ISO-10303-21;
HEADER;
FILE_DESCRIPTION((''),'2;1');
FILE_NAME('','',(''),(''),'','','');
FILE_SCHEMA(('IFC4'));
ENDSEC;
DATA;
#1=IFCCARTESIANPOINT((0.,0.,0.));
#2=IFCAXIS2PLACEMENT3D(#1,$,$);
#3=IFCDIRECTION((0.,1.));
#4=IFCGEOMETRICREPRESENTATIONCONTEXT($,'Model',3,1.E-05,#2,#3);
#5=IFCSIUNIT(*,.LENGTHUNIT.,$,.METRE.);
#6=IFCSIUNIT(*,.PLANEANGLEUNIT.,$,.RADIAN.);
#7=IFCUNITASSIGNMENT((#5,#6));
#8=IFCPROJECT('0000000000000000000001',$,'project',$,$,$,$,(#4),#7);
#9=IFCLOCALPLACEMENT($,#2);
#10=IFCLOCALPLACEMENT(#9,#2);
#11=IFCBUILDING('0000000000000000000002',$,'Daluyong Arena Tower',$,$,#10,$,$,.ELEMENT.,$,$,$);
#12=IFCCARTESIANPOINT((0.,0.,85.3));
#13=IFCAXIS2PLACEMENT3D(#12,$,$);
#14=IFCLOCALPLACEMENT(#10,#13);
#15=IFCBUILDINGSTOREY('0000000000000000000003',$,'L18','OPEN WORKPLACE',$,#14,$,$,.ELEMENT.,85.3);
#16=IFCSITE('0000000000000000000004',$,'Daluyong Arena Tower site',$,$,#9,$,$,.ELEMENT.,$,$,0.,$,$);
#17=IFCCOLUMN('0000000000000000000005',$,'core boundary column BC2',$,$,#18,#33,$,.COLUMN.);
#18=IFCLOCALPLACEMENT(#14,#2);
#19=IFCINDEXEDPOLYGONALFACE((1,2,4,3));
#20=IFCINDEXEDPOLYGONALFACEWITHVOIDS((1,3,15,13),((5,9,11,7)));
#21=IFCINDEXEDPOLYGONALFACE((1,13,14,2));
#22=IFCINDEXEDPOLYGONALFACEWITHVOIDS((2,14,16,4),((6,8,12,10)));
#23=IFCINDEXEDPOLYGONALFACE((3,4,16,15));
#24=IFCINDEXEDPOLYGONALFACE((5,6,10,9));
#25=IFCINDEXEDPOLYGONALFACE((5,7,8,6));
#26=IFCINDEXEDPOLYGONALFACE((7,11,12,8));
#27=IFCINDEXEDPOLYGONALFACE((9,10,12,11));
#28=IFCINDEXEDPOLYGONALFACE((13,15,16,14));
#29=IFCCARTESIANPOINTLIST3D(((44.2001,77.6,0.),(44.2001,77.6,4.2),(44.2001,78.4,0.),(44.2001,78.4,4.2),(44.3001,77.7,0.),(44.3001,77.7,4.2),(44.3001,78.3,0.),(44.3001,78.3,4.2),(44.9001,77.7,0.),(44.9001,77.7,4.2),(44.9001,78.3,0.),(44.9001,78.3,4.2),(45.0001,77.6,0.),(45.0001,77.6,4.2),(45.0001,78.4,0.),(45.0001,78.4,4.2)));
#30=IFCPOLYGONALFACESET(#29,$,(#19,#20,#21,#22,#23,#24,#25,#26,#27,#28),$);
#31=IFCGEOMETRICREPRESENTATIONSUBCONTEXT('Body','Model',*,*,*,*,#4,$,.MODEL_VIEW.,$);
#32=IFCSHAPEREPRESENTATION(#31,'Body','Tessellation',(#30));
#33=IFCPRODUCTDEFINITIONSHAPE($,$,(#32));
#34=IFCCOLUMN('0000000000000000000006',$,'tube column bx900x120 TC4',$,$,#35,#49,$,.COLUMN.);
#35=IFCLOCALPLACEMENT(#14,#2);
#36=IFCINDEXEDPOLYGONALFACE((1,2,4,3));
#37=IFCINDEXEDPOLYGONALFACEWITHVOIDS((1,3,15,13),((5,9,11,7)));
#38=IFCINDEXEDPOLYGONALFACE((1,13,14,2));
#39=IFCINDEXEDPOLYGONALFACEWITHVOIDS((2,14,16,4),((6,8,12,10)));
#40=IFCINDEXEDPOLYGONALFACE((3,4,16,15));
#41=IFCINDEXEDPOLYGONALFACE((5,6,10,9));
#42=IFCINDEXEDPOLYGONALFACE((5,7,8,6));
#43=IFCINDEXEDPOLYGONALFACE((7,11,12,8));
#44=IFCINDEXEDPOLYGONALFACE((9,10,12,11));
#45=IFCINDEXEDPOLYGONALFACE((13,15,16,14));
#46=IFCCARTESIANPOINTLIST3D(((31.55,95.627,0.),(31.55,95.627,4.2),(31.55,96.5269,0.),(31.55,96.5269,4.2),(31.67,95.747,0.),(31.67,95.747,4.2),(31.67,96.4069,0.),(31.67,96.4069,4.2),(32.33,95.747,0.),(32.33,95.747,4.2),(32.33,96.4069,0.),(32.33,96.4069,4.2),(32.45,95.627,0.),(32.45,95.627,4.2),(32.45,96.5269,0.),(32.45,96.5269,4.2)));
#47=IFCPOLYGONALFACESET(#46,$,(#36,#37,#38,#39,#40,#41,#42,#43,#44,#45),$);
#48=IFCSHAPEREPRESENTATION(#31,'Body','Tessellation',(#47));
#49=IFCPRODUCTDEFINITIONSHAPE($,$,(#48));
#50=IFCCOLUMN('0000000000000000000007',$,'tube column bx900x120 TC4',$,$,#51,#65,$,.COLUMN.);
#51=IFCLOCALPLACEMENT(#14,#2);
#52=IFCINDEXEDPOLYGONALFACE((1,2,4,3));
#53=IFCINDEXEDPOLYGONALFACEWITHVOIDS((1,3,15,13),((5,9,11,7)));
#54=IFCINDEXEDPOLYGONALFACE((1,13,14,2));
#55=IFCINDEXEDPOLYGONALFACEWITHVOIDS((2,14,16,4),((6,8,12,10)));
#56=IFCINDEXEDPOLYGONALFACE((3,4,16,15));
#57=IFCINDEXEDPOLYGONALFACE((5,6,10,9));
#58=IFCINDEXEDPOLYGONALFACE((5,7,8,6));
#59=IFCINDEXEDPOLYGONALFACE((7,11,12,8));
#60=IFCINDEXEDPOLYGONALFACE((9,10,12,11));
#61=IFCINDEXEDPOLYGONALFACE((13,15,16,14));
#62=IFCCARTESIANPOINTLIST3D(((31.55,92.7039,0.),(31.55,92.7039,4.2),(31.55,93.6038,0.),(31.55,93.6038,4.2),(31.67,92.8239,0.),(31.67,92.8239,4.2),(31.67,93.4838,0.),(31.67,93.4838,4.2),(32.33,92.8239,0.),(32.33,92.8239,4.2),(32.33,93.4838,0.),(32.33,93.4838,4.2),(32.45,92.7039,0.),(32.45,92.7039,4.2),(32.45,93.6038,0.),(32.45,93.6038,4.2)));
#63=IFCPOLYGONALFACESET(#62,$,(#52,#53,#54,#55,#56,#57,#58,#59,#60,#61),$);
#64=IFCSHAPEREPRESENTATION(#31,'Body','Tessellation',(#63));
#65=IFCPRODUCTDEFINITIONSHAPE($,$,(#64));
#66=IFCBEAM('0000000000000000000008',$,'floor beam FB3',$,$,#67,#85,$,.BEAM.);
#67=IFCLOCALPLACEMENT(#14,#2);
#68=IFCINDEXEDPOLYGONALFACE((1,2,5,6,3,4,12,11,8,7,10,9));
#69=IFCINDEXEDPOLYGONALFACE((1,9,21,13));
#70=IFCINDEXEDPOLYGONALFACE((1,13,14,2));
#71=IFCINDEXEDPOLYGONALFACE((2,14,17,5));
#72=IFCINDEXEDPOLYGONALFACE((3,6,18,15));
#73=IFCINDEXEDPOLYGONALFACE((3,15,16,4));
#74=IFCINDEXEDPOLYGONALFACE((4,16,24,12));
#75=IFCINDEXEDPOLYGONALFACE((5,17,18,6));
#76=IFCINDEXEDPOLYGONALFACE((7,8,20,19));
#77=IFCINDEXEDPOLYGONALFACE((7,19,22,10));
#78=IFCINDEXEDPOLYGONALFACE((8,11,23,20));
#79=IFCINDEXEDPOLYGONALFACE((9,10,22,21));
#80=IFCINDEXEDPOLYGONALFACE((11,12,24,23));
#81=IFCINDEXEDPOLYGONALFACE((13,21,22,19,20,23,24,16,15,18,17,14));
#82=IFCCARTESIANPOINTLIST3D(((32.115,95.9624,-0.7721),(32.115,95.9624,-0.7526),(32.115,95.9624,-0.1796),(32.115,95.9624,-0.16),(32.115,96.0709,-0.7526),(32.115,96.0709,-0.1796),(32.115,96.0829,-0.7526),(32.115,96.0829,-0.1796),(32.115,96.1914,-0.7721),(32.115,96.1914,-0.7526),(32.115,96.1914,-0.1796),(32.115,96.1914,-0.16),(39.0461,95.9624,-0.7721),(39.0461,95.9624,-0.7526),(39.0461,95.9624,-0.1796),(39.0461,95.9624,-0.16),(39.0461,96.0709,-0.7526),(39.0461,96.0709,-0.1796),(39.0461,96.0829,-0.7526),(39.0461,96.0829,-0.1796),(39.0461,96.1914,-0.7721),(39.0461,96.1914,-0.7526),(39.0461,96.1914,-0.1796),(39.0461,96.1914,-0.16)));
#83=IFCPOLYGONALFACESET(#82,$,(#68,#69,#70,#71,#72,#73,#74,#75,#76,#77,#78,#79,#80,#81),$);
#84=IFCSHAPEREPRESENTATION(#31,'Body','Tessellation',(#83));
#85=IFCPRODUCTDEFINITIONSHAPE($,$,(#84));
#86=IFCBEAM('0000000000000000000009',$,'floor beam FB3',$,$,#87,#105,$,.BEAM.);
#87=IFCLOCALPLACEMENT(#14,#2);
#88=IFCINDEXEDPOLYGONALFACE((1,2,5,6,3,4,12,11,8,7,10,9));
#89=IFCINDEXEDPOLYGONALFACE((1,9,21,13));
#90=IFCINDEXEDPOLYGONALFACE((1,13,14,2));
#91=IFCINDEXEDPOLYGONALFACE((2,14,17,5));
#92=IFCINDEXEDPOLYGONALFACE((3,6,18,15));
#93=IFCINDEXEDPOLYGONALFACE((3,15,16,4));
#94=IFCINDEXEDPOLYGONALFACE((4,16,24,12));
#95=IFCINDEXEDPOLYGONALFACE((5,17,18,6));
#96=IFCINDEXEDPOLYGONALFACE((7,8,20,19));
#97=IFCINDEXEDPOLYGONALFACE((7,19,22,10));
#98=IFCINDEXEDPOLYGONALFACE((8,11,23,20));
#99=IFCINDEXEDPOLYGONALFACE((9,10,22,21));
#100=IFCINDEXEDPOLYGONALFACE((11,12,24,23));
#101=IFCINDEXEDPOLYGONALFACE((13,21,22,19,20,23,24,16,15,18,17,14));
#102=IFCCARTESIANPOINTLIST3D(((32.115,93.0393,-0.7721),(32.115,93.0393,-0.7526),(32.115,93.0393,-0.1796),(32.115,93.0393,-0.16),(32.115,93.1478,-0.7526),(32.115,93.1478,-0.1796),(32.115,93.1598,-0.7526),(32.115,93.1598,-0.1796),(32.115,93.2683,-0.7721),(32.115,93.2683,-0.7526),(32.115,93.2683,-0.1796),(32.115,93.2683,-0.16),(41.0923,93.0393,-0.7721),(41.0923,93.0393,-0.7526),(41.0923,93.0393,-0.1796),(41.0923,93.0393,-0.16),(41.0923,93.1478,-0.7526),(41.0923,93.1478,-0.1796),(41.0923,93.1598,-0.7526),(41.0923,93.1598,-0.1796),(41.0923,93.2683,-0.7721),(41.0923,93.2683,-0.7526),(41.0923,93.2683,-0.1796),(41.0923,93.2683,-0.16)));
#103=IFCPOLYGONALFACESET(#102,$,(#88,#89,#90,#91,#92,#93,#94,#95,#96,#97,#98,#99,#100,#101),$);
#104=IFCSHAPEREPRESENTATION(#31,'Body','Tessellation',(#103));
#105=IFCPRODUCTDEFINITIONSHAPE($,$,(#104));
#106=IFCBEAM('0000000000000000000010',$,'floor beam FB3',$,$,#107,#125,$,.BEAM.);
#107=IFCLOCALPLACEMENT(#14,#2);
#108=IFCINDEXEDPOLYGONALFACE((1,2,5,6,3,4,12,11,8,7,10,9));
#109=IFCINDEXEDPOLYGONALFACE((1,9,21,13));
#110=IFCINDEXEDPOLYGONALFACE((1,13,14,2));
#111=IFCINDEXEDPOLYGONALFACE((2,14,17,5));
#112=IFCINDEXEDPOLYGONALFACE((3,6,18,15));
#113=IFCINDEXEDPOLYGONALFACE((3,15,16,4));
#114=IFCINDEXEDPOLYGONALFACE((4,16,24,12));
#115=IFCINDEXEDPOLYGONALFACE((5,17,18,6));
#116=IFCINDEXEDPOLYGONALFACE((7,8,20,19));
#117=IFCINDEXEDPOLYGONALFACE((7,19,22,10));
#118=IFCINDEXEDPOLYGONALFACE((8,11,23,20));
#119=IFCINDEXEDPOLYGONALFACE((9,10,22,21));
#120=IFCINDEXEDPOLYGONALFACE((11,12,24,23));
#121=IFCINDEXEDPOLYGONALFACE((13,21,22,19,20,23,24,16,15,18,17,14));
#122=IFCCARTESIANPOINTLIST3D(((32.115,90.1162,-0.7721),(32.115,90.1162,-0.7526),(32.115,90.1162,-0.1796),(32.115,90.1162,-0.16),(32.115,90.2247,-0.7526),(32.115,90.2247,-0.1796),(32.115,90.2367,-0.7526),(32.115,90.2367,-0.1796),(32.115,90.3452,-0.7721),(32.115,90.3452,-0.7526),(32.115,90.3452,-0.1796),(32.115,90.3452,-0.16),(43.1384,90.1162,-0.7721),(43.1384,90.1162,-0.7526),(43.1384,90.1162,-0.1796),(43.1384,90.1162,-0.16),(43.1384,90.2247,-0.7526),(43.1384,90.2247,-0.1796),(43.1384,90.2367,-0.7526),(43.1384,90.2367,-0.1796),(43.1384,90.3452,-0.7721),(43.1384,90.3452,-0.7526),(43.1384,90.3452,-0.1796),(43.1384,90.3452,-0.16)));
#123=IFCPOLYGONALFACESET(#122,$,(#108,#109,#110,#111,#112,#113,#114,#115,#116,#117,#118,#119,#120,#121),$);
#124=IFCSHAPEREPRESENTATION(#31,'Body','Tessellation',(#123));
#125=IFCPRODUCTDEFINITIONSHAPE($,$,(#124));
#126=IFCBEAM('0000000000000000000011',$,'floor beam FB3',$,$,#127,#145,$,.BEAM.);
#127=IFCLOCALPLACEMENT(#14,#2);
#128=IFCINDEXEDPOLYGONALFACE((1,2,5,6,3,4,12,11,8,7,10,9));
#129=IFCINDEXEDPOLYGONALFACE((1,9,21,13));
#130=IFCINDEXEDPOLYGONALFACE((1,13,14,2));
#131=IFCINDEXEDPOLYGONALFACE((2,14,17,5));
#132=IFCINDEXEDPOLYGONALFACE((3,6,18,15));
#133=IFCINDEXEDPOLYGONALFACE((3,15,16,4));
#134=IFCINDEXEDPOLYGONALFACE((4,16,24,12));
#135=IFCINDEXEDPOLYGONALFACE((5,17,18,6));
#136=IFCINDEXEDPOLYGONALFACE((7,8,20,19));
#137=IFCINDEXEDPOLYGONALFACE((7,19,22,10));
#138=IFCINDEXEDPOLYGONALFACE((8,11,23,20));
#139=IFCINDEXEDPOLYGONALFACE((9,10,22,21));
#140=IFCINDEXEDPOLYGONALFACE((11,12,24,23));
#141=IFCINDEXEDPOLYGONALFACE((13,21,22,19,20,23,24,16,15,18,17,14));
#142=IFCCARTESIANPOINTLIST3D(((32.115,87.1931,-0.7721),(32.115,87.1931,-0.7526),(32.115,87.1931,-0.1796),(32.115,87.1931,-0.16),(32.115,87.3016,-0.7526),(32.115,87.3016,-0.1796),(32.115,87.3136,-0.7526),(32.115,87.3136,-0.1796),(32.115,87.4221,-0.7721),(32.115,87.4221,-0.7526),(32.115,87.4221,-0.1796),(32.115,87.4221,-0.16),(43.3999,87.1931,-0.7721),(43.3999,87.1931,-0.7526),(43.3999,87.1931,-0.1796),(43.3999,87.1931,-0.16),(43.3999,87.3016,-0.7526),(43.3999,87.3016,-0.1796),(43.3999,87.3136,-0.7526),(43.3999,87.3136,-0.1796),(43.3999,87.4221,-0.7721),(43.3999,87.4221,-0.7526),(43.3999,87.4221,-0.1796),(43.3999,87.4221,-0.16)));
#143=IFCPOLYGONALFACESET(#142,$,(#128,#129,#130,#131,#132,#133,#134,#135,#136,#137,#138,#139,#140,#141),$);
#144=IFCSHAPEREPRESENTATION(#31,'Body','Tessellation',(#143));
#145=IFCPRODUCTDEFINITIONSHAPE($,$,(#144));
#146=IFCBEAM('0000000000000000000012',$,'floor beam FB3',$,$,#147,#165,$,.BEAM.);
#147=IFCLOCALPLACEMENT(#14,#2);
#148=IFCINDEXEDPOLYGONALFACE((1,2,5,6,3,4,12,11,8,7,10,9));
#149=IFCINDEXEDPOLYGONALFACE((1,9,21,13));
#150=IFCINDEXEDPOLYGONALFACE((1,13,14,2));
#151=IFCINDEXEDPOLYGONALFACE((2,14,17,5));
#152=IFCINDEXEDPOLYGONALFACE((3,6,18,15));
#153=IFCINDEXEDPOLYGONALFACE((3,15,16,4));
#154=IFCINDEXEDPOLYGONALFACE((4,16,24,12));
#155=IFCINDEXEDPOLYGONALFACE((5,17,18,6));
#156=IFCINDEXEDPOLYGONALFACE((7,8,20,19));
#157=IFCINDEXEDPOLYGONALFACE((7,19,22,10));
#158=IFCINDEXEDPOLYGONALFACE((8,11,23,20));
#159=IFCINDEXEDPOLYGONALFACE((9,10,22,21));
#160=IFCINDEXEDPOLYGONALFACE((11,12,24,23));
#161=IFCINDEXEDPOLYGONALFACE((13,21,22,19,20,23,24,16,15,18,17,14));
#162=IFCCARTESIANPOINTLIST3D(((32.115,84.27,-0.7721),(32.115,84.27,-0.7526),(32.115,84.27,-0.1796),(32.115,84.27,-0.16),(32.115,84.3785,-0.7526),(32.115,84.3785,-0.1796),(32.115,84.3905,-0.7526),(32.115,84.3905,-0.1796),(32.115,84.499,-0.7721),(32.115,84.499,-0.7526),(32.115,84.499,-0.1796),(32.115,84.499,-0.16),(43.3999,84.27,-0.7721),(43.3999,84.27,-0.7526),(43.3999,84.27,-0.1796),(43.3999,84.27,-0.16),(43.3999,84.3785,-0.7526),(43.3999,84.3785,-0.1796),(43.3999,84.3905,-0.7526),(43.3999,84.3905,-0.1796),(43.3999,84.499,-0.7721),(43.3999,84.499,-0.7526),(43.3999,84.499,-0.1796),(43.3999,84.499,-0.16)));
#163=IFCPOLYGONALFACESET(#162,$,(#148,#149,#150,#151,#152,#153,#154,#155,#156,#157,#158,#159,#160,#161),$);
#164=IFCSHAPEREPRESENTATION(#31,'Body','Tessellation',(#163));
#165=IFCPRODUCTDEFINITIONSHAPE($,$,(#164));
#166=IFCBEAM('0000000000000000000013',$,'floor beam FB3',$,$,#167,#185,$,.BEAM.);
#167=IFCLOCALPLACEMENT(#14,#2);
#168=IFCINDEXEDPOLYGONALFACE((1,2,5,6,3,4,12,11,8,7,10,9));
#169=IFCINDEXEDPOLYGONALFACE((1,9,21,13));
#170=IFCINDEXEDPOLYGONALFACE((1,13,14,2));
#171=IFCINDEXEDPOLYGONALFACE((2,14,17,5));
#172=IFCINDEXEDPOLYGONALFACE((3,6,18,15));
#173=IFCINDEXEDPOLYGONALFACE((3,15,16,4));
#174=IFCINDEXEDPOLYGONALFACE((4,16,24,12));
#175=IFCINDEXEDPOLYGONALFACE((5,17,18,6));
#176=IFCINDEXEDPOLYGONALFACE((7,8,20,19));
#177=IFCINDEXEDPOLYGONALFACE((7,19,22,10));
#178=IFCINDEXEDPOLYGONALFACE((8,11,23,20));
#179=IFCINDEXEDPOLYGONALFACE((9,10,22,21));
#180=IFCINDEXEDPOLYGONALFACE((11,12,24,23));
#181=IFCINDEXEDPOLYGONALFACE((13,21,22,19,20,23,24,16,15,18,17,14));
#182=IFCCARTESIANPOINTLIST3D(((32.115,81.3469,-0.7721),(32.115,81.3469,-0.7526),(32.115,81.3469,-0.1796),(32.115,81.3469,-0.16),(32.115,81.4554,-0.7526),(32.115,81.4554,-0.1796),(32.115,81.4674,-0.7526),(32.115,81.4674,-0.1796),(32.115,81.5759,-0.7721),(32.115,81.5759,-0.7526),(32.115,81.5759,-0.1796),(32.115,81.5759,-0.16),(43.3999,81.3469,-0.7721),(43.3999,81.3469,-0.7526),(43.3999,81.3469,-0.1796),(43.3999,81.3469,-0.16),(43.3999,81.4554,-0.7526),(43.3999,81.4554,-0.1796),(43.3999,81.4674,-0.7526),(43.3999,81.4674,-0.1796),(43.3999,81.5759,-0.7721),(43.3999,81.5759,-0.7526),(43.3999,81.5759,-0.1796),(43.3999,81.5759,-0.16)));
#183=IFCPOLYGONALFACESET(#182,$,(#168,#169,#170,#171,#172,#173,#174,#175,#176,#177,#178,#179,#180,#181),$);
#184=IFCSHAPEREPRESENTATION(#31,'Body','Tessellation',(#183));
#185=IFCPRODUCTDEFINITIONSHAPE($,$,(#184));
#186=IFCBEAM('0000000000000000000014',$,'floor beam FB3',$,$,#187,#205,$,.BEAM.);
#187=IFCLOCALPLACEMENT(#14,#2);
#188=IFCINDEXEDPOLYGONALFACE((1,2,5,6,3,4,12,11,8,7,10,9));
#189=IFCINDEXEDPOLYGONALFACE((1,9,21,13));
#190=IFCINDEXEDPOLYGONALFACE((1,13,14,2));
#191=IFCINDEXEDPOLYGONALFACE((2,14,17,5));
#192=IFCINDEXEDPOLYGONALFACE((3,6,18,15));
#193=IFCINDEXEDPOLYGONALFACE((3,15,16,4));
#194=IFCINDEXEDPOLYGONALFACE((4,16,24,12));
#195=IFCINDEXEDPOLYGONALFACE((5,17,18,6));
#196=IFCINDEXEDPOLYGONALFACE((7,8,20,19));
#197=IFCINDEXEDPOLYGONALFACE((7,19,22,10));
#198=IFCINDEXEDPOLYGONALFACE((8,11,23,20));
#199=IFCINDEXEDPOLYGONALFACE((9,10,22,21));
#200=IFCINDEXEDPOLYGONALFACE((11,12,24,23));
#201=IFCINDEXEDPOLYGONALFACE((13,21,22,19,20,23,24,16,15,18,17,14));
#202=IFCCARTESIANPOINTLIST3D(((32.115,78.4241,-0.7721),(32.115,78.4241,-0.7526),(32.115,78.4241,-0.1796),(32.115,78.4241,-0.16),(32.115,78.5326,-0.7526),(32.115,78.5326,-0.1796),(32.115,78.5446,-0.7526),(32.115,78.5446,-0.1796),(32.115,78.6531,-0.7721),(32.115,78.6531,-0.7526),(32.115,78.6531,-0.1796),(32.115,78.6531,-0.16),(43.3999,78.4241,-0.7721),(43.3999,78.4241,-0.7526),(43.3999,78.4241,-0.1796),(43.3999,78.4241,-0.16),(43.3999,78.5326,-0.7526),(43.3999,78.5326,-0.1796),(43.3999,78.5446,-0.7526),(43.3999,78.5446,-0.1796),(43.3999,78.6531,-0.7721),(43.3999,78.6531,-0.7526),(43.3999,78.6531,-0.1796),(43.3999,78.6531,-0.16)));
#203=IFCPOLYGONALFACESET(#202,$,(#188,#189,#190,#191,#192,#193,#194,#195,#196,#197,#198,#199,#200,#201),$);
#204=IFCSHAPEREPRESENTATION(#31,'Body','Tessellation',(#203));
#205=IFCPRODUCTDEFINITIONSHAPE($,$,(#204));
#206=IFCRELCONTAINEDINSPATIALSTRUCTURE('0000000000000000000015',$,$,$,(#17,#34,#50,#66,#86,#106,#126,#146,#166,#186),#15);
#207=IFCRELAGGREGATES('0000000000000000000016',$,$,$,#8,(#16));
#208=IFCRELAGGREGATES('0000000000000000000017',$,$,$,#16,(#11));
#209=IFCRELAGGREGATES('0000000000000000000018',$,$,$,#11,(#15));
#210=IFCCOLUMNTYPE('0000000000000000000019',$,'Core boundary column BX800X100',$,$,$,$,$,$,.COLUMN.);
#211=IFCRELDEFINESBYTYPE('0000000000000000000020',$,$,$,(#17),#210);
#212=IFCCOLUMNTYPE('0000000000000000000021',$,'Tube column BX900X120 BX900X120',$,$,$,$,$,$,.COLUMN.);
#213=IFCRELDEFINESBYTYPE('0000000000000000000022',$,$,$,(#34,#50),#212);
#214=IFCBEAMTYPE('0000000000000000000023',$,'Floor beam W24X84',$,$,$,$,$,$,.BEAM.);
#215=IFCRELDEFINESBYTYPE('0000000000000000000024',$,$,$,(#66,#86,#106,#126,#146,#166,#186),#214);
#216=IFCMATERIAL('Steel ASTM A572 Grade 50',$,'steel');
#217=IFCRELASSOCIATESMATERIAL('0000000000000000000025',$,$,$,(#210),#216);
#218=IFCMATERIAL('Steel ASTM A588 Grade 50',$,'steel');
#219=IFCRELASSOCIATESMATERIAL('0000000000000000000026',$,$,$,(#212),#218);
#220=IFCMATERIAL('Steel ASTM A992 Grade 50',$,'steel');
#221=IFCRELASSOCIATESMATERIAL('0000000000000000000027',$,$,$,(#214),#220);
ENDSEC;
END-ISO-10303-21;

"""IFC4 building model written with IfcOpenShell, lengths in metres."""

from ifc_helpers import new_model, si_unit, direction, frame, origin, origin_2d, place, context, subcontext, project, spatial, hollow_rectangle, i_section, extrude, material, material_profile, profile_set, type_object, element, save


model = new_model("IFC4")

# Units and contexts
model_context = context("Model", 3, precision=1e-05, world=origin(), true_north=direction((0.0, 1.0)))
body_context = subcontext(model_context, "Body", "Model", "MODEL_VIEW")
ifc_project = project(units=[si_unit("LENGTHUNIT", "METRE"), si_unit("PLANEANGLEUNIT", "RADIAN")], contexts=[model_context])

# Site, building, storey
site_placement = place(None, origin())
site = spatial("IfcSite", under=ifc_project, at=site_placement, Name="Daluyong Arena Tower site", CompositionType="ELEMENT", RefElevation=0.0)
building_placement = place(site_placement, origin())
building = spatial("IfcBuilding", under=site, at=building_placement, Name="Daluyong Arena Tower", CompositionType="ELEMENT")
storey_placement = place(building_placement, frame((0.0, 0.0, 85.3)))
storey = spatial("IfcBuildingStorey", under=building, at=storey_placement, Name="L18", Description="OPEN WORKPLACE", CompositionType="ELEMENT", Elevation=85.3)

# Columns
ifc_material_1 = material(Name="Steel ASTM A572 Grade 50", Category="steel")
ifc_material_profile_1 = material_profile(ifc_material_1, hollow_rectangle(XDim=0.8, YDim=0.8, WallThickness=0.1, at=origin_2d()))
ifc_profile_set_1 = profile_set([ifc_material_profile_1], Name="Steel ASTM A572 Grade 50")
column_type_1 = type_object("IfcColumnType", Name="Core boundary column BX800X100", PredefinedType="COLUMN", material=ifc_profile_set_1)
column_placement = place(storey_placement, frame((44.6001, 78.0, 0.0), z_axis=(0.0, 0.0, 1.0), x_axis=(1.0, 0.0, 0.0)))
element("IfcColumn", 1, at=column_placement, inside=storey, type_object=column_type_1, Name="core boundary column BC2", PredefinedType="COLUMN", context=body_context, shape_type="SweptSolid", body=[
    extrude(hollow_rectangle(XDim=0.8, YDim=0.8, WallThickness=0.1, at=origin_2d()), origin(), (0.0, 0.0, 1.0), 4.2),
])
ifc_material_2 = material(Name="Steel ASTM A588 Grade 50", Category="steel")
ifc_material_profile_2 = material_profile(ifc_material_2, hollow_rectangle(XDim=0.8999, YDim=0.8999, WallThickness=0.12, at=origin_2d()))
ifc_profile_set_2 = profile_set([ifc_material_profile_2], Name="Steel ASTM A588 Grade 50")
column_type_2 = type_object("IfcColumnType", Name="Tube column BX900X120 BX900X120", PredefinedType="COLUMN", material=ifc_profile_set_2)
for number, where, z_axis, x_axis, name in (
    (2, (32.0, 96.0769, 0.0), (0.0, 0.0, 1.0), (0.0, 1.0, 0.0), "tube column bx900x120 TC4"),
    (3, (32.0, 93.1538, 0.0), (0.0, 0.0, 1.0), (0.0, 1.0, 0.0), "tube column bx900x120 TC4"),
):
    element("IfcColumn", number, at=place(storey_placement, frame(where, z_axis=z_axis, x_axis=x_axis)), inside=storey, type_object=column_type_2, Name=name, PredefinedType="COLUMN", context=body_context, shape_type="SweptSolid", body=[
        extrude(hollow_rectangle(XDim=0.8999, YDim=0.8999, WallThickness=0.12, at=origin_2d()), origin(), (0.0, 0.0, 1.0), 4.2),
    ])

# Beams
ifc_material_3 = material(Name="Steel ASTM A992 Grade 50", Category="steel")
ifc_material_profile_3 = material_profile(ifc_material_3, i_section(OverallWidth=0.229, OverallDepth=0.6121, WebThickness=0.012, FlangeThickness=0.0195, at=origin_2d()))
ifc_profile_set_3 = profile_set([ifc_material_profile_3], Name="Steel ASTM A992 Grade 50")
beam_type_1 = type_object("IfcBeamType", Name="Floor beam W24X84", PredefinedType="BEAM", material=ifc_profile_set_3)
beam_1_placement = place(storey_placement, frame((32.115, 96.0769, -0.4661), z_axis=(1.0, 0.0, 0.0), x_axis=(0.0, 1.0, 0.0)))
element("IfcBeam", 4, at=beam_1_placement, inside=storey, type_object=beam_type_1, Name="floor beam FB3", PredefinedType="BEAM", context=body_context, shape_type="SweptSolid", body=[
    extrude(i_section(OverallWidth=0.229, OverallDepth=0.6121, WebThickness=0.012, FlangeThickness=0.0195, at=origin_2d()), origin(), (0.0, 0.0, 1.0), 6.9312),
])
beam_2_placement = place(storey_placement, frame((32.115, 93.1538, -0.4661), z_axis=(1.0, 0.0, 0.0), x_axis=(0.0, 1.0, 0.0)))
element("IfcBeam", 5, at=beam_2_placement, inside=storey, type_object=beam_type_1, Name="floor beam FB3", PredefinedType="BEAM", context=body_context, shape_type="SweptSolid", body=[
    extrude(i_section(OverallWidth=0.229, OverallDepth=0.6121, WebThickness=0.012, FlangeThickness=0.0195, at=origin_2d()), origin(), (0.0, 0.0, 1.0), 8.9773),
])
beam_3_placement = place(storey_placement, frame((32.115, 90.2307, -0.4661), z_axis=(1.0, 0.0, 0.0), x_axis=(0.0, 1.0, 0.0)))
element("IfcBeam", 6, at=beam_3_placement, inside=storey, type_object=beam_type_1, Name="floor beam FB3", PredefinedType="BEAM", context=body_context, shape_type="SweptSolid", body=[
    extrude(i_section(OverallWidth=0.229, OverallDepth=0.6121, WebThickness=0.012, FlangeThickness=0.0195, at=origin_2d()), origin(), (0.0, 0.0, 1.0), 11.0234),
])
for number, where, z_axis, x_axis, name in (
    (7, (32.115, 87.3076, -0.4661), (1.0, 0.0, 0.0), (0.0, 1.0, 0.0), "floor beam FB3"),
    (8, (32.115, 84.3845, -0.4661), (1.0, 0.0, 0.0), (0.0, 1.0, 0.0), "floor beam FB3"),
    (9, (32.115, 81.4614, -0.4661), (1.0, 0.0, 0.0), (0.0, 1.0, 0.0), "floor beam FB3"),
    (10, (32.115, 78.5386, -0.4661), (1.0, 0.0, 0.0), (0.0, 1.0, 0.0), "floor beam FB3"),
):
    element("IfcBeam", number, at=place(storey_placement, frame(where, z_axis=z_axis, x_axis=x_axis)), inside=storey, type_object=beam_type_1, Name=name, PredefinedType="BEAM", context=body_context, shape_type="SweptSolid", body=[
        extrude(i_section(OverallWidth=0.229, OverallDepth=0.6121, WebThickness=0.012, FlangeThickness=0.0195, at=origin_2d()), origin(), (0.0, 0.0, 1.0), 11.2849),
    ])

save(model, "model.ifc")
